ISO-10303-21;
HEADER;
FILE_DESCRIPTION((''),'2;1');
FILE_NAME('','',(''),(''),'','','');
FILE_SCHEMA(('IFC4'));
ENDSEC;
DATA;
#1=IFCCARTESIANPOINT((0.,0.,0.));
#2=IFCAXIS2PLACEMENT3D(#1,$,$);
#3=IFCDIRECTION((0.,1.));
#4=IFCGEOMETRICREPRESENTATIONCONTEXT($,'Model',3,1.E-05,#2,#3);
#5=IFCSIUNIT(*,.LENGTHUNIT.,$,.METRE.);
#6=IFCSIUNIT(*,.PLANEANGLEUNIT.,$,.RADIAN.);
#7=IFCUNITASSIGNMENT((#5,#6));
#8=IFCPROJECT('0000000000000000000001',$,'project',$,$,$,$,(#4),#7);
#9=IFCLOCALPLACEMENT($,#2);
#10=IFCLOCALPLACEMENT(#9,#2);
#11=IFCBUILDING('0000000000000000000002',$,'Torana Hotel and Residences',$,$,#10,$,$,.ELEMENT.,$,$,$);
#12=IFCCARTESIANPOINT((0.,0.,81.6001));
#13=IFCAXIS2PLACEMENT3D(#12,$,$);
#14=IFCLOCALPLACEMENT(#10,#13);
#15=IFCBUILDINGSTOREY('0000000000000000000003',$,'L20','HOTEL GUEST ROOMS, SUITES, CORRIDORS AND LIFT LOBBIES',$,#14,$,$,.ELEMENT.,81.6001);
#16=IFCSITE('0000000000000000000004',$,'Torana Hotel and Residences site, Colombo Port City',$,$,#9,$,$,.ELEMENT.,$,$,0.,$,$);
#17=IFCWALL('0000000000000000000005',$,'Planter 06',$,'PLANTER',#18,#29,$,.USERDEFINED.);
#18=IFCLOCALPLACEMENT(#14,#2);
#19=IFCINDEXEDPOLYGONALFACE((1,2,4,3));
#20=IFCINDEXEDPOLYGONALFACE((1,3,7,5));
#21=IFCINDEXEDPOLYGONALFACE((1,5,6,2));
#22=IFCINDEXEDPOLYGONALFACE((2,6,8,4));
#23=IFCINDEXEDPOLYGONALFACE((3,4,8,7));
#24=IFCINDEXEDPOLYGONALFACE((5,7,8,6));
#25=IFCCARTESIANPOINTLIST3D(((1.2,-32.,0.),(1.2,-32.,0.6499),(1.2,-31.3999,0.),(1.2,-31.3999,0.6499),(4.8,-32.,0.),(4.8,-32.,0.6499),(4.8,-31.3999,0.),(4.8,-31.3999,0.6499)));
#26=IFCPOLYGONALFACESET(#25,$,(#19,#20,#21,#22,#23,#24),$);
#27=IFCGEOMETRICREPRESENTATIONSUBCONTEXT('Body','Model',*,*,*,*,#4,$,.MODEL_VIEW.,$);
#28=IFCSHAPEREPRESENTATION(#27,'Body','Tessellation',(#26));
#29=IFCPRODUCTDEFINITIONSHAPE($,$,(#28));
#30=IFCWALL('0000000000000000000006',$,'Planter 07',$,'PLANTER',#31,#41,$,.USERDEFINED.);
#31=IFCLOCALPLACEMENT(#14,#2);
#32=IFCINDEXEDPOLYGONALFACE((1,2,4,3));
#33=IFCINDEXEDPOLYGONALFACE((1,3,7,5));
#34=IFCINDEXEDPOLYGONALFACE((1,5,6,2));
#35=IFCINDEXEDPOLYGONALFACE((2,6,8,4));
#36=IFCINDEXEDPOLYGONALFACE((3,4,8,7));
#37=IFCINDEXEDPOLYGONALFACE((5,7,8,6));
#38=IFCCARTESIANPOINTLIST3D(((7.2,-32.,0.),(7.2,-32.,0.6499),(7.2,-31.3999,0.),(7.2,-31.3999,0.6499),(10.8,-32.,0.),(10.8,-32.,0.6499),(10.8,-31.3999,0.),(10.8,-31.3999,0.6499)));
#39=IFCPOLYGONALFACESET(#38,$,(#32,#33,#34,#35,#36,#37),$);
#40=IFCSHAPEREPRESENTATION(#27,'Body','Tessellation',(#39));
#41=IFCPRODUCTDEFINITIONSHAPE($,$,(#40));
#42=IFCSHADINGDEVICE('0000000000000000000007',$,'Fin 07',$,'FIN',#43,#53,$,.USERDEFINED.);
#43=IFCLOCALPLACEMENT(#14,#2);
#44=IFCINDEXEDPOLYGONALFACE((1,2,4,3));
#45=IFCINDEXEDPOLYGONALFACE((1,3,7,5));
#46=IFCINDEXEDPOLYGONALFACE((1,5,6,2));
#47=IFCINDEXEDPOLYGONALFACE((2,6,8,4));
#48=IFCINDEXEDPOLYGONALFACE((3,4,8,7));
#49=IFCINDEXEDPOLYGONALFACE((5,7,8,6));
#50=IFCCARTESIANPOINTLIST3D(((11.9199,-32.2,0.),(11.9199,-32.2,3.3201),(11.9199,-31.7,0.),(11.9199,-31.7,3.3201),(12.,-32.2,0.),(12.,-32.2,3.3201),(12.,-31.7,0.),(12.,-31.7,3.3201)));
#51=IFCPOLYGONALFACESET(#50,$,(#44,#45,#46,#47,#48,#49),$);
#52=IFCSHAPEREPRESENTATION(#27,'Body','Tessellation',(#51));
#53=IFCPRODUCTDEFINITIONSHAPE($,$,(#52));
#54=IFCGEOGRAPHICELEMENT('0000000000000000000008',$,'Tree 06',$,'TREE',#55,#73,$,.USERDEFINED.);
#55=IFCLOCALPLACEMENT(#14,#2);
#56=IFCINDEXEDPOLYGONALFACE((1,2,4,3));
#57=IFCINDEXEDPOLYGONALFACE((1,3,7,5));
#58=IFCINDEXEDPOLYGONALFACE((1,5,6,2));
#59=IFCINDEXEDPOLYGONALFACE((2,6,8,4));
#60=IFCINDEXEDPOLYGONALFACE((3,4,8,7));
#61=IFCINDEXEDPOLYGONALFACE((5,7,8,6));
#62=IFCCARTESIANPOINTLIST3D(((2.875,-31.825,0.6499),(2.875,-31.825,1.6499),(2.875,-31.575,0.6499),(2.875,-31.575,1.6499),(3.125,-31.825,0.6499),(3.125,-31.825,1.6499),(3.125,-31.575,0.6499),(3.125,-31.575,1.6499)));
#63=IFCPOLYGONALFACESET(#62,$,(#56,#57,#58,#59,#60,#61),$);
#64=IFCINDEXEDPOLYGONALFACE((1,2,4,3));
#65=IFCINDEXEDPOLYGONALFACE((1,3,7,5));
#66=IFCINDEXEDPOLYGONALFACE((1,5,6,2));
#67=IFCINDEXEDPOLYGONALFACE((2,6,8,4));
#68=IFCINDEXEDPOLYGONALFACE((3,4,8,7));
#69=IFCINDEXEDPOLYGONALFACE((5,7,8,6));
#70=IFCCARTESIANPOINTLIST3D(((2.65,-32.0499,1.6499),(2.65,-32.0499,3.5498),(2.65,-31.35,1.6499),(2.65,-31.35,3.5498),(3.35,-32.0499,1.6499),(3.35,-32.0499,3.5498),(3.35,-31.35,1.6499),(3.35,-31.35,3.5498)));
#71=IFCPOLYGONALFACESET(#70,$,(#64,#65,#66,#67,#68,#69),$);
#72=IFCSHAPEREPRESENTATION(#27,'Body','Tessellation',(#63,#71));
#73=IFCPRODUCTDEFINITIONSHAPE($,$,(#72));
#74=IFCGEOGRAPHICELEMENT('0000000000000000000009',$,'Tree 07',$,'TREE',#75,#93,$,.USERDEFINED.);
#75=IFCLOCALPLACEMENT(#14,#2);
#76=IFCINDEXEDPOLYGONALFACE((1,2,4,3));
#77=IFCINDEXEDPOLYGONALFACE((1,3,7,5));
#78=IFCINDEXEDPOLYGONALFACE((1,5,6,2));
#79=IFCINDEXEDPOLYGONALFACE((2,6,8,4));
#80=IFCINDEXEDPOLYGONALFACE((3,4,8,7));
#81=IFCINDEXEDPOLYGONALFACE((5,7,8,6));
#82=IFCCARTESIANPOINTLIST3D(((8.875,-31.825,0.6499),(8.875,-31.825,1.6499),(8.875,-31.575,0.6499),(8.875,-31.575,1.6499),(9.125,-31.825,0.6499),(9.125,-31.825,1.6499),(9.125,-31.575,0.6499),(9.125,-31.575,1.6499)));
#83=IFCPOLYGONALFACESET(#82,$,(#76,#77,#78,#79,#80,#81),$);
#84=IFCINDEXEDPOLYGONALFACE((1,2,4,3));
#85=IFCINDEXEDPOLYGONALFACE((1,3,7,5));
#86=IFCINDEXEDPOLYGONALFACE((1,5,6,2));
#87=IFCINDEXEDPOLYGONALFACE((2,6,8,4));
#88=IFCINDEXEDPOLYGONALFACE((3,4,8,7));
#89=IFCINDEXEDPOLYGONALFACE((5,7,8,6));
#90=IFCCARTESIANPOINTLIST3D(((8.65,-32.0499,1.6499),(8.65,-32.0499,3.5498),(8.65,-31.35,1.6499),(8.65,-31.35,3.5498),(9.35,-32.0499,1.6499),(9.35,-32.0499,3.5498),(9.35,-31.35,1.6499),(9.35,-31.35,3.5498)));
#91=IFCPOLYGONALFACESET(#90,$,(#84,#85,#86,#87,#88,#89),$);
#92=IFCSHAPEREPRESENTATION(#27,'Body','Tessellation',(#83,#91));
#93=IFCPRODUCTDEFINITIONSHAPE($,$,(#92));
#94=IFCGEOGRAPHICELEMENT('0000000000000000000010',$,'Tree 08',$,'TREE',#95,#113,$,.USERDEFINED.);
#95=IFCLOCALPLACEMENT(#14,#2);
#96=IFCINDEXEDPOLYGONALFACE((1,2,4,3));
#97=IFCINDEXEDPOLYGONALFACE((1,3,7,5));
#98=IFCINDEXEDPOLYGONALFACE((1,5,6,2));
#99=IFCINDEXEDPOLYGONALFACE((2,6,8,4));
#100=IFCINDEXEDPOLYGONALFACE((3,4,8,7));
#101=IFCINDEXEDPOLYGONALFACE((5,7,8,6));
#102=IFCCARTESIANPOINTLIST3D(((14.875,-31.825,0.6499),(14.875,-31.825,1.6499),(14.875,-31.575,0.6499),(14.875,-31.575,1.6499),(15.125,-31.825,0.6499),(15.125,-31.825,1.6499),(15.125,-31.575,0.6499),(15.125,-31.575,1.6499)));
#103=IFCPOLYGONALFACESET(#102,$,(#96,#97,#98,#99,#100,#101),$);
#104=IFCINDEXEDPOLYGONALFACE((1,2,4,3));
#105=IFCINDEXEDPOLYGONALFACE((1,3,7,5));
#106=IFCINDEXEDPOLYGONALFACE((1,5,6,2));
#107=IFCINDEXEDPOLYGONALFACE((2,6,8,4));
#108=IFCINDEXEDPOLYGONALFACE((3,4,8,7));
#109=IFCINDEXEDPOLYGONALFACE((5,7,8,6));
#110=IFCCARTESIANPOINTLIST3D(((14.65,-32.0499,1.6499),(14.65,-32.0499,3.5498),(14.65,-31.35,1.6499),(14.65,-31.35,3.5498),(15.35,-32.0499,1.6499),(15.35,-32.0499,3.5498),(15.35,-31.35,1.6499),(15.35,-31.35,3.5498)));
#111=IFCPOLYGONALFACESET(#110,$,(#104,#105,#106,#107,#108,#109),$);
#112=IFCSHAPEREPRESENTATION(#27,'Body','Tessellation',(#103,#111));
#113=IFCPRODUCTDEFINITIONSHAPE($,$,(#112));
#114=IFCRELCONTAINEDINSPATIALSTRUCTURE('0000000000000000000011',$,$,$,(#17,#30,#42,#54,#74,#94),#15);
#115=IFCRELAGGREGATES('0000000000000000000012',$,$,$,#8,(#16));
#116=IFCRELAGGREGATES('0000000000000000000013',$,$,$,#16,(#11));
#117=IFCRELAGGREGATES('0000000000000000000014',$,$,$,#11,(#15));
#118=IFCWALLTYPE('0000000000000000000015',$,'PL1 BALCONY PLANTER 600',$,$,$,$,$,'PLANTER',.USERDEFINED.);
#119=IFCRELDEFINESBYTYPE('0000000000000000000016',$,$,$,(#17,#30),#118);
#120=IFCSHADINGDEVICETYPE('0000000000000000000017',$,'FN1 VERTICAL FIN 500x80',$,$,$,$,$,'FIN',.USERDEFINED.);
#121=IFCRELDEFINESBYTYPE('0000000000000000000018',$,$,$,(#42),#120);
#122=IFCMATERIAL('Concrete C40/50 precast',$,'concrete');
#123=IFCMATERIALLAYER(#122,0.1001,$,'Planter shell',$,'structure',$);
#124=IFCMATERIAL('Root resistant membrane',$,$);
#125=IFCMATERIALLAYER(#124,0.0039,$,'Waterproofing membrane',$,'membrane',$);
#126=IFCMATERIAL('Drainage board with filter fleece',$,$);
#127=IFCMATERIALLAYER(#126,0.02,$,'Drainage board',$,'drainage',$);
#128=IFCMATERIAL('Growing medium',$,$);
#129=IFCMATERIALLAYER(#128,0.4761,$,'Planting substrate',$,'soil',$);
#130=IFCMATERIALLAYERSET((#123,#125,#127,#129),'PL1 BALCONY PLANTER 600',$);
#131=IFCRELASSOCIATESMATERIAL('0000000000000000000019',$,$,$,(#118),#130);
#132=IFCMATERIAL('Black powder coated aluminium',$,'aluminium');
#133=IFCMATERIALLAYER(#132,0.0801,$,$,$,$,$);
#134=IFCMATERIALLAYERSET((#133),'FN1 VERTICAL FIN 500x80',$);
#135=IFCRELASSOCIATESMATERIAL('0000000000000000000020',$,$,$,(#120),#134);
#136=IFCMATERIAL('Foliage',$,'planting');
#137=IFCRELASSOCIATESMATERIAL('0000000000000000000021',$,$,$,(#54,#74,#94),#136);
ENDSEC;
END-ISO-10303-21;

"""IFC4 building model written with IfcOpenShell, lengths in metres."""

from ifc_helpers import new_model, si_unit, direction, frame, frame_2d, origin, origin_2d, place, context, subcontext, project, spatial, rectangle, extrude, material, layer, layer_set, type_object, element, save


model = new_model("IFC4")

# Units and contexts
model_context = context("Model", 3, precision=1e-05, world=origin(), true_north=direction((0.0, 1.0)))
body_context = subcontext(model_context, "Body", "Model", "MODEL_VIEW")
ifc_project = project(units=[si_unit("LENGTHUNIT", "METRE"), si_unit("PLANEANGLEUNIT", "RADIAN")], contexts=[model_context])

# Site, building, storey
site_placement = place(None, origin())
site = spatial("IfcSite", under=ifc_project, at=site_placement, Name="Torana Hotel and Residences site, Colombo Port City", CompositionType="ELEMENT", RefElevation=0.0)
building_placement = place(site_placement, origin())
building = spatial("IfcBuilding", under=site, at=building_placement, Name="Torana Hotel and Residences", CompositionType="ELEMENT")
storey_placement = place(building_placement, frame((0.0, 0.0, 81.6001)))
storey = spatial("IfcBuildingStorey", under=building, at=storey_placement, Name="L20", Description="HOTEL GUEST ROOMS, SUITES, CORRIDORS AND LIFT LOBBIES", CompositionType="ELEMENT", Elevation=81.6001)

# Walls
ifc_material_1 = material(Name="Concrete C40/50 precast", Category="concrete")
ifc_layer_1 = layer(ifc_material_1, 0.1001, Name="Planter shell", Category="structure")
ifc_material_2 = material(Name="Root resistant membrane")
ifc_layer_2 = layer(ifc_material_2, 0.0039, Name="Waterproofing membrane", Category="membrane")
ifc_material_3 = material(Name="Drainage board with filter fleece")
ifc_layer_3 = layer(ifc_material_3, 0.02, Name="Drainage board", Category="drainage")
ifc_material_4 = material(Name="Growing medium")
ifc_layer_4 = layer(ifc_material_4, 0.4761, Name="Planting substrate", Category="soil")
ifc_layer_set_1 = layer_set([ifc_layer_1, ifc_layer_2, ifc_layer_3, ifc_layer_4], Name="PL1 BALCONY PLANTER 600")
wall_type_1 = type_object("IfcWallType", Name="PL1 BALCONY PLANTER 600", ElementType="PLANTER", PredefinedType="USERDEFINED", material=ifc_layer_set_1)
for number, where, z_axis, x_axis, name in (
    (1, (4.8, -31.7, 0.0), (0.0, 0.0, 1.0), (-1.0, 0.0, 0.0), "Planter 06"),
    (2, (10.8, -31.7, 0.0), (0.0, 0.0, 1.0), (-1.0, 0.0, 0.0), "Planter 07"),
):
    element("IfcWall", number, at=place(storey_placement, frame(where, z_axis=z_axis, x_axis=x_axis)), inside=storey, type_object=wall_type_1, Name=name, ObjectType="PLANTER", PredefinedType="USERDEFINED", context=body_context, shape_type="SweptSolid", body=[
        extrude(rectangle(XDim=3.6001, YDim=0.6001, at=frame_2d((1.8, 0.0))), origin(), (0.0, 0.0, 1.0), 0.6499),
    ])

# Shading device
ifc_material_5 = material(Name="Black powder coated aluminium", Category="aluminium")
ifc_layer_5 = layer(ifc_material_5, 0.0801)
ifc_layer_set_2 = layer_set([ifc_layer_5], Name="FN1 VERTICAL FIN 500x80")
shading_device_type = type_object("IfcShadingDeviceType", Name="FN1 VERTICAL FIN 500x80", ElementType="FIN", PredefinedType="USERDEFINED", material=ifc_layer_set_2)
shading_device_placement = place(storey_placement, frame((11.96, -31.95, 0.0), z_axis=(0.0, 0.0, 1.0), x_axis=(-1.0, 0.0, 0.0)))
element("IfcShadingDevice", 3, at=shading_device_placement, inside=storey, type_object=shading_device_type, Name="Fin 07", ObjectType="FIN", PredefinedType="USERDEFINED", context=body_context, shape_type="SweptSolid", body=[
    extrude(rectangle(XDim=0.0801, YDim=0.5, at=origin_2d()), origin(), (0.0, 0.0, 1.0), 3.3201),
])

# Geographic elements
ifc_material_6 = material(Name="Foliage", Category="planting")
for number, where, z_axis, x_axis, name in (
    (4, (3.0, -31.7, 0.6499), (0.0, 0.0, 1.0), (1.0, 0.0, 0.0), "Tree 06"),
    (5, (9.0, -31.7, 0.6499), (0.0, 0.0, 1.0), (1.0, 0.0, 0.0), "Tree 07"),
    (6, (15.0, -31.7, 0.6499), (0.0, 0.0, 1.0), (1.0, 0.0, 0.0), "Tree 08"),
):
    element("IfcGeographicElement", number, at=place(storey_placement, frame(where, z_axis=z_axis, x_axis=x_axis)), inside=storey, material=ifc_material_6, Name=name, ObjectType="TREE", PredefinedType="USERDEFINED", context=body_context, shape_type="SweptSolid", body=[
        extrude(rectangle(XDim=0.25, YDim=0.25, at=origin_2d()), origin(), (0.0, 0.0, 1.0), 1.0),
        extrude(rectangle(XDim=0.7, YDim=0.7, at=origin_2d()), frame((0.0, 0.0, 1.0)), (0.0, 0.0, 1.0), 1.8999),
    ])

save(model, "model.ifc")
